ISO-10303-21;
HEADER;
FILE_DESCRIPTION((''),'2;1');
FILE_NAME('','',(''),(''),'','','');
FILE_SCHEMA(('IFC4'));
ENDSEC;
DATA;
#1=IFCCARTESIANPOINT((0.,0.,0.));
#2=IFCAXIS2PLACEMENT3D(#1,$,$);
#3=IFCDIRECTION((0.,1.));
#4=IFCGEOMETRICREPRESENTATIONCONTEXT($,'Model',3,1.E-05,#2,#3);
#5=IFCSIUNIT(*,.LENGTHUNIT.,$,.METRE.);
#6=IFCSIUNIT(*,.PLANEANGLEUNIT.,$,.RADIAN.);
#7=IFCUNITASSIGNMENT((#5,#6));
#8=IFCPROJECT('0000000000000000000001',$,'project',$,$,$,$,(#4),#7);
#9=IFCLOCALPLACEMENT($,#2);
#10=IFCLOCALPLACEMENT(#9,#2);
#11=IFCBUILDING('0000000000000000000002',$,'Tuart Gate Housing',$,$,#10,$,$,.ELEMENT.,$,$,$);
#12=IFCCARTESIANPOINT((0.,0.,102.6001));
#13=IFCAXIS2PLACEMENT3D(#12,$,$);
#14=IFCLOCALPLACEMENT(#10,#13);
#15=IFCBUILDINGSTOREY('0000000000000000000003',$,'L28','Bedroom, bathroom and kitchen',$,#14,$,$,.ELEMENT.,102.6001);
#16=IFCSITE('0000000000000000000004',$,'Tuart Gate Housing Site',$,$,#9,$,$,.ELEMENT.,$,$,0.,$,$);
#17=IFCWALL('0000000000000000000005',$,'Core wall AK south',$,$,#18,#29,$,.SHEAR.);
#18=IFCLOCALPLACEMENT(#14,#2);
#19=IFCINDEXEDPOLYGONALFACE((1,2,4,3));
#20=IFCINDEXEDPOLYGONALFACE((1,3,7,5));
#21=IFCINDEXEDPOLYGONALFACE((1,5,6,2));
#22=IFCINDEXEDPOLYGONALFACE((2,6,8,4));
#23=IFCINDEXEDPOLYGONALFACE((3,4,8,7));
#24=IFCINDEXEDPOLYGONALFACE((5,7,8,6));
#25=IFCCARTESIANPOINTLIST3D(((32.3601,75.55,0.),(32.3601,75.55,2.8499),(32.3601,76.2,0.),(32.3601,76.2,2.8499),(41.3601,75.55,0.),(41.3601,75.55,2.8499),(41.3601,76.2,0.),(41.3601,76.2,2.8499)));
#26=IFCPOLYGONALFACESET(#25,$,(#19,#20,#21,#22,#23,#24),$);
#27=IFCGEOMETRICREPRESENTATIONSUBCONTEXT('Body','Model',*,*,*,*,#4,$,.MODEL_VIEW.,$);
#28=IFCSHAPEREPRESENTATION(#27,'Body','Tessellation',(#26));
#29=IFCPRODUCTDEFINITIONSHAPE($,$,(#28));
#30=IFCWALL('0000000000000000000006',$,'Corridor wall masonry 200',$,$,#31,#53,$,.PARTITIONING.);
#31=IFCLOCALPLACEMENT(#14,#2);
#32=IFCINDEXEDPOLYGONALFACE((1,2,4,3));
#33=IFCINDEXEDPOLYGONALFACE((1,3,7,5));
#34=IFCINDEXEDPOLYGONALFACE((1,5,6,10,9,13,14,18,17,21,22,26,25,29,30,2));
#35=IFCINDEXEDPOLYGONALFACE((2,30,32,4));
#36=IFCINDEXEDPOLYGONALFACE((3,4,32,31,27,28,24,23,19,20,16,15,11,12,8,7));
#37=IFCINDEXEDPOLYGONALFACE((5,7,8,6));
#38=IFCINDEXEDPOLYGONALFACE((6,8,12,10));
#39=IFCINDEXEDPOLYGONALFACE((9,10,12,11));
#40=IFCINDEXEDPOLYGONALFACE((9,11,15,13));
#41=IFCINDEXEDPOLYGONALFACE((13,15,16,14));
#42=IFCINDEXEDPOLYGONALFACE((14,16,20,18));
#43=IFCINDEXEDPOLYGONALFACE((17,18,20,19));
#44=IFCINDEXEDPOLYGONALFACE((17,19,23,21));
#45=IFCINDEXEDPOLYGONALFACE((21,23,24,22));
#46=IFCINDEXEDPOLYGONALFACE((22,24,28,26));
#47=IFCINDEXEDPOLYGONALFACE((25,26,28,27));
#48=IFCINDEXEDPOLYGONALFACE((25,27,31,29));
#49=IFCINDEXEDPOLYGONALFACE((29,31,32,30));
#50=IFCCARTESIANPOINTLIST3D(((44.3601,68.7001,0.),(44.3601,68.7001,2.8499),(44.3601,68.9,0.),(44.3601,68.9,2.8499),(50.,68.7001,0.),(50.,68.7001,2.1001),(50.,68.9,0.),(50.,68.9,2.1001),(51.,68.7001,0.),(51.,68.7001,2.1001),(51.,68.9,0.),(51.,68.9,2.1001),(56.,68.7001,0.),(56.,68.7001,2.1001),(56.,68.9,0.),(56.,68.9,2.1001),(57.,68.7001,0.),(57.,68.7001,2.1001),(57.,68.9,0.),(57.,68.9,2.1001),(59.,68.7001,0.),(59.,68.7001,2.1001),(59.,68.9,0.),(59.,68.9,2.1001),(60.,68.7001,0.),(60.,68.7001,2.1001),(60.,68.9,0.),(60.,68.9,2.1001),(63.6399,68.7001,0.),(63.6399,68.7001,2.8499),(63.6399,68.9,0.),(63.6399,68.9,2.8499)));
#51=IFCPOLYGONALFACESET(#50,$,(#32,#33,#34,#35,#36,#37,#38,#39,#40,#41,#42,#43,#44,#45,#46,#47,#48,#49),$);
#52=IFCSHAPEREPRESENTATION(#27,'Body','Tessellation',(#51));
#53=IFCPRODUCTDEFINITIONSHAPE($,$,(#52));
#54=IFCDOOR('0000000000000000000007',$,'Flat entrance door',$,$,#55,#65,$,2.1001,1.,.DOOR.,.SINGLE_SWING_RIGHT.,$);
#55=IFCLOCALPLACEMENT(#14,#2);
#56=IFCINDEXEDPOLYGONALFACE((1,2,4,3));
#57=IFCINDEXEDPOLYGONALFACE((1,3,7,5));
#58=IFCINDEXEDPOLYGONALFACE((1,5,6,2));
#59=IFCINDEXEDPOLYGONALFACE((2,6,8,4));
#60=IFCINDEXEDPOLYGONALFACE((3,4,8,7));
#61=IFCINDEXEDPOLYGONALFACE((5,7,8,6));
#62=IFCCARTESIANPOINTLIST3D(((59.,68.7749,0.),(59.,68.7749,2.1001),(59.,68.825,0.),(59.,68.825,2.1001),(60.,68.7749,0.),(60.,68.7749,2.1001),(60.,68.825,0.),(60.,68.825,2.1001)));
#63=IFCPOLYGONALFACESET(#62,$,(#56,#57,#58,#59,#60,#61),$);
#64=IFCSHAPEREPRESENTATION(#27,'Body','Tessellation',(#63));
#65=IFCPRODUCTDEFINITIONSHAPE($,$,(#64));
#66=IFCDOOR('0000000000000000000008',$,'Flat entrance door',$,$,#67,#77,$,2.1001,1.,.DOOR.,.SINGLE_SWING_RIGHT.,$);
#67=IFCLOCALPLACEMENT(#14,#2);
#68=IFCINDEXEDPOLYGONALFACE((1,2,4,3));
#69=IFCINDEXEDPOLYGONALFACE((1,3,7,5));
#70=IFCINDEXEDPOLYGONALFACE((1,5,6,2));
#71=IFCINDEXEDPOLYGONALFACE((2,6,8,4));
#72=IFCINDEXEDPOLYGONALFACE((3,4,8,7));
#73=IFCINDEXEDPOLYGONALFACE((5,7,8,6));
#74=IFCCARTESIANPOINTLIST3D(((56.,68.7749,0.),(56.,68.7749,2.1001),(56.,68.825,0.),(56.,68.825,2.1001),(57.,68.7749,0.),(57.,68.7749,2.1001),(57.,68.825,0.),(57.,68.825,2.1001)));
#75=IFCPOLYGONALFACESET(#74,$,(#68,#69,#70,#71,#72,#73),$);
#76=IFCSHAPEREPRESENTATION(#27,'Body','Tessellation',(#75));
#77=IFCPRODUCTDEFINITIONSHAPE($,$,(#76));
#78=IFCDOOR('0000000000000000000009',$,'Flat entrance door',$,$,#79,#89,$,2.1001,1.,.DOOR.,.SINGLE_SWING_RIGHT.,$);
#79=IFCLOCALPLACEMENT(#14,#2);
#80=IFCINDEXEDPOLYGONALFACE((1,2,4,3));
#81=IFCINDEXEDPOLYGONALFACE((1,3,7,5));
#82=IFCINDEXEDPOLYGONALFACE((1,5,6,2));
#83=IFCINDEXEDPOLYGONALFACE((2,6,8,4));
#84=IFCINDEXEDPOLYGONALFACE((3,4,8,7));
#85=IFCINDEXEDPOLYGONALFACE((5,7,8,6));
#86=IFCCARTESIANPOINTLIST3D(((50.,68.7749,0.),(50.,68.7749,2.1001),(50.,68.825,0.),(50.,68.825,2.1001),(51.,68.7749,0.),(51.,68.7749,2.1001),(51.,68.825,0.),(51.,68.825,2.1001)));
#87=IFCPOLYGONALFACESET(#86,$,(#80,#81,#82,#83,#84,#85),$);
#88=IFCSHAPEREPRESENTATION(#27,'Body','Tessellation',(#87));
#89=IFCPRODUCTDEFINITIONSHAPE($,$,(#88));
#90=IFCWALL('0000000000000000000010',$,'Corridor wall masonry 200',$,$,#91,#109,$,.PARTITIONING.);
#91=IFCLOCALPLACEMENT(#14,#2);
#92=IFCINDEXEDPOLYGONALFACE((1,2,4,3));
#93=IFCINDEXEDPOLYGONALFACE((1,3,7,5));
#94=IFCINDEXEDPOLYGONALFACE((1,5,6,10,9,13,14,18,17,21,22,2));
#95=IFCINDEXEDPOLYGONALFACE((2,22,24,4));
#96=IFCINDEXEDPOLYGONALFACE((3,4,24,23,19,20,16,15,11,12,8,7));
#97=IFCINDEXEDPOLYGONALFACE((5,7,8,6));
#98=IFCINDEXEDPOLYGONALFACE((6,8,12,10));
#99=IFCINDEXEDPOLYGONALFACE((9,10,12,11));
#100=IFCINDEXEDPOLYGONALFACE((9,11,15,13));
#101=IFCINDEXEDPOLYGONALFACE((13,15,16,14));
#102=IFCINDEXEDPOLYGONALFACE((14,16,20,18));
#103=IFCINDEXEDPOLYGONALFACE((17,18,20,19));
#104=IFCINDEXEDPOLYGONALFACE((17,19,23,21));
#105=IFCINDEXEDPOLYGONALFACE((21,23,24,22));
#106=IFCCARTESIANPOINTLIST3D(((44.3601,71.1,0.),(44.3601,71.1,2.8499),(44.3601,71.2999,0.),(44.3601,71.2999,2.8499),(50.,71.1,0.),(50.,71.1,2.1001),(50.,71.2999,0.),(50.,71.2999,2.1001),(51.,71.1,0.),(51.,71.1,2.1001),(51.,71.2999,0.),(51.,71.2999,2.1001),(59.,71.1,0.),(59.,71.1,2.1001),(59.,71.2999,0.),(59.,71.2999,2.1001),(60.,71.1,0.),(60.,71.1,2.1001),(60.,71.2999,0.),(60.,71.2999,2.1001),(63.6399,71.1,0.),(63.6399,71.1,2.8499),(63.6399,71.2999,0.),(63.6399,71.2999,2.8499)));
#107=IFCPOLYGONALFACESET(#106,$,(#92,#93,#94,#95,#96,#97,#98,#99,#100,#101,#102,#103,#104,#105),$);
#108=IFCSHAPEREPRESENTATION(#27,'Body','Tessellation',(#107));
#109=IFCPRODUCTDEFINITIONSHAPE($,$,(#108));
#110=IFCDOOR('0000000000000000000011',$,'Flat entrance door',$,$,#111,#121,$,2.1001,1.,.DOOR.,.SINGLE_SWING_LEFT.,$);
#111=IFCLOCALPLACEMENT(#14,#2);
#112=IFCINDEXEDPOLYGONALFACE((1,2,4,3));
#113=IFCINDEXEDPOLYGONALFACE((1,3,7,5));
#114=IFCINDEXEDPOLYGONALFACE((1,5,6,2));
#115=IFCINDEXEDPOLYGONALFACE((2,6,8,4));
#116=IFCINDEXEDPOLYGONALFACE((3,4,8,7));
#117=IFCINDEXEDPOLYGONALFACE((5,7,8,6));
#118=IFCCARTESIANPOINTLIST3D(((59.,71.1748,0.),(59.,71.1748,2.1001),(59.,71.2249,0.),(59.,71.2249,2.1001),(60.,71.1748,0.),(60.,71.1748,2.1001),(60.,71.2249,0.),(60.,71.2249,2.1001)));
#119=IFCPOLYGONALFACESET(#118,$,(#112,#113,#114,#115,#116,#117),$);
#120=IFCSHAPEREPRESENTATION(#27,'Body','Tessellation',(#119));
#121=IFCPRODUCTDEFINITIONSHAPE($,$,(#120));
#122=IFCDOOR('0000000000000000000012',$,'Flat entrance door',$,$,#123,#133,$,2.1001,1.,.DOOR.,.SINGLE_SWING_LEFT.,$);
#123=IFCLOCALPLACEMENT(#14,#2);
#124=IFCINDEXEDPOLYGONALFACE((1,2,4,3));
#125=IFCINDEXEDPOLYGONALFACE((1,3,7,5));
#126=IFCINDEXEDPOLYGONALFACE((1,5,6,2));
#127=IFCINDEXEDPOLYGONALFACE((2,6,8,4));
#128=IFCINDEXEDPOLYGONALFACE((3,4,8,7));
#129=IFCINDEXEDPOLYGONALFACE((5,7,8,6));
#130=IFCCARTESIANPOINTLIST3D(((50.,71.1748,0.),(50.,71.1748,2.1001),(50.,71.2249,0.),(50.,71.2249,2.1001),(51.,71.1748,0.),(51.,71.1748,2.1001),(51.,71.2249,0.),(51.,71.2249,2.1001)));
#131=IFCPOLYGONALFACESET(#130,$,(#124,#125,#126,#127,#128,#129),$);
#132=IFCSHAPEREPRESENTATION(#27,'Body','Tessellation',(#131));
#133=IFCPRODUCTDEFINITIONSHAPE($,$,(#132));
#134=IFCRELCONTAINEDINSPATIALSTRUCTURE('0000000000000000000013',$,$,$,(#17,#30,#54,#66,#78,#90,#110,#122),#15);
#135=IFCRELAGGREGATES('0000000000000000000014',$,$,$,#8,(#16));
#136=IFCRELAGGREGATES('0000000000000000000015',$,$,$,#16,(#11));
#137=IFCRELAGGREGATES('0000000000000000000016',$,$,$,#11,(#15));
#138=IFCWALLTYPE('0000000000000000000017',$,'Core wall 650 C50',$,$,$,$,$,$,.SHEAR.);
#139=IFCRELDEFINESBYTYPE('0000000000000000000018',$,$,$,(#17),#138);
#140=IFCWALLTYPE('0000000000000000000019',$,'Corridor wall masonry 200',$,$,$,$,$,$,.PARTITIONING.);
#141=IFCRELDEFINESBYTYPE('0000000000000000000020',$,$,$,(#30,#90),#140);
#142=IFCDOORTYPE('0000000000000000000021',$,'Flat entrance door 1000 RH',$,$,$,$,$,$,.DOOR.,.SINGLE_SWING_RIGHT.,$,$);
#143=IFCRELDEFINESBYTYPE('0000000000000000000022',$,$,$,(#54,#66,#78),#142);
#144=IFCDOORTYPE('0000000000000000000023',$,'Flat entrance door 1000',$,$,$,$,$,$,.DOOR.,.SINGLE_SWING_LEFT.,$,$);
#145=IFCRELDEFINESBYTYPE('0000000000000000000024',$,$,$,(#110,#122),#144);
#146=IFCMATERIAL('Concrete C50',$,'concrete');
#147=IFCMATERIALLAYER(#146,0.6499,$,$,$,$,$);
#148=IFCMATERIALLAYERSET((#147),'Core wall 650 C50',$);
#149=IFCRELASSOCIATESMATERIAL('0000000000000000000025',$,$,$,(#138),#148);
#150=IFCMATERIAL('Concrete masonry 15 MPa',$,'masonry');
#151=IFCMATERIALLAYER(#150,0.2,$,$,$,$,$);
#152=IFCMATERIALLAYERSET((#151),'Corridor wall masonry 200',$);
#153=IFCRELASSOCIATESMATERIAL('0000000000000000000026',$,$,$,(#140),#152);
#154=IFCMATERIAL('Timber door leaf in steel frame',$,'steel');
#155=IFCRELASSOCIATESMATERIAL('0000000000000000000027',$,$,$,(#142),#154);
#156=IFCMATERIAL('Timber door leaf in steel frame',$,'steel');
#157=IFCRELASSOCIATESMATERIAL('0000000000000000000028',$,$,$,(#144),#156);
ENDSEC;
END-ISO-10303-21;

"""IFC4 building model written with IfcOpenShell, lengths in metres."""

from ifc_helpers import new_model, si_unit, direction, frame, frame_2d, origin, place, context, subcontext, project, spatial, rectangle, extrude, material, layer, layer_set, type_object, element, fill, save


model = new_model("IFC4")

# Units and contexts
model_context = context("Model", 3, precision=1e-05, world=origin(), true_north=direction((0.0, 1.0)))
body_context = subcontext(model_context, "Body", "Model", "MODEL_VIEW")
ifc_project = project(units=[si_unit("LENGTHUNIT", "METRE"), si_unit("PLANEANGLEUNIT", "RADIAN")], contexts=[model_context])

# Site, building, storey
site_placement = place(None, origin())
site = spatial("IfcSite", under=ifc_project, at=site_placement, Name="Tuart Gate Housing Site", CompositionType="ELEMENT", RefElevation=0.0)
building_placement = place(site_placement, origin())
building = spatial("IfcBuilding", under=site, at=building_placement, Name="Tuart Gate Housing", CompositionType="ELEMENT")
storey_placement = place(building_placement, frame((0.0, 0.0, 102.6001)))
storey = spatial("IfcBuildingStorey", under=building, at=storey_placement, Name="L28", Description="Bedroom, bathroom and kitchen", CompositionType="ELEMENT", Elevation=102.6001)

# Shared definitions
ifc_material_1 = material(Name="Concrete C50", Category="concrete")
ifc_layer_1 = layer(ifc_material_1, 0.6499)
ifc_layer_set_1 = layer_set([ifc_layer_1], Name="Core wall 650 C50")
wall_type_1 = type_object("IfcWallType", Name="Core wall 650 C50", PredefinedType="SHEAR", material=ifc_layer_set_1)

# Wall
wall_1_placement = place(storey_placement, frame((41.3601, 75.875, 0.0), z_axis=(0.0, 0.0, 1.0), x_axis=(-1.0, 0.0, 0.0)))
element("IfcWall", 1, at=wall_1_placement, inside=storey, type_object=wall_type_1, Name="Core wall AK south", PredefinedType="SHEAR", context=body_context, shape_type="SweptSolid", body=[
    extrude(rectangle(XDim=9.0, YDim=0.6499, at=frame_2d((4.5, 0.0))), origin(), (0.0, 0.0, 1.0), 2.8499),
])

# Walls, openings, doors
ifc_material_2 = material(Name="Concrete masonry 15 MPa", Category="masonry")
ifc_layer_2 = layer(ifc_material_2, 0.2)
ifc_layer_set_2 = layer_set([ifc_layer_2], Name="Corridor wall masonry 200")
wall_type_2 = type_object("IfcWallType", Name="Corridor wall masonry 200", PredefinedType="PARTITIONING", material=ifc_layer_set_2)
wall_2_placement = place(storey_placement, frame((44.3601, 68.8, 0.0), z_axis=(0.0, 0.0, 1.0), x_axis=(1.0, 0.0, 0.0)))
wall_2 = element("IfcWall", 2, at=wall_2_placement, inside=storey, type_object=wall_type_2, Name="Corridor wall masonry 200", PredefinedType="PARTITIONING", context=body_context, shape_type="SweptSolid", body=[
    extrude(rectangle(XDim=19.2798, YDim=0.2, at=frame_2d((9.6399, 0.0))), origin(), (0.0, 0.0, 1.0), 2.8499),
])
opening_1_placement = place(wall_2_placement, frame((14.6399, 0.0, 0.0)))
opening_1 = element("IfcOpeningElement", 3, at=opening_1_placement, cuts=wall_2, PredefinedType="OPENING", context=body_context, shape_type="SweptSolid", body=[
    extrude(rectangle(XDim=1.0, YDim=2.1001, at=frame_2d((0.5, 1.05))), frame((0.0, 0.1099, 0.0), z_axis=(0.0, -1.0, 0.0), x_axis=(1.0, 0.0, 0.0)), (0.0, 0.0, 1.0), 0.22),
])
opening_2_placement = place(wall_2_placement, frame((11.6399, 0.0, 0.0)))
opening_2 = element("IfcOpeningElement", 4, at=opening_2_placement, cuts=wall_2, PredefinedType="OPENING", context=body_context, shape_type="SweptSolid", body=[
    extrude(rectangle(XDim=1.0, YDim=2.1001, at=frame_2d((0.5, 1.05))), frame((0.0, 0.1099, 0.0), z_axis=(0.0, -1.0, 0.0), x_axis=(1.0, 0.0, 0.0)), (0.0, 0.0, 1.0), 0.22),
])
opening_3_placement = place(wall_2_placement, frame((5.6399, 0.0, 0.0)))
opening_3 = element("IfcOpeningElement", 5, at=opening_3_placement, cuts=wall_2, PredefinedType="OPENING", context=body_context, shape_type="SweptSolid", body=[
    extrude(rectangle(XDim=1.0, YDim=2.1001, at=frame_2d((0.5, 1.05))), frame((0.0, 0.1099, 0.0), z_axis=(0.0, -1.0, 0.0), x_axis=(1.0, 0.0, 0.0)), (0.0, 0.0, 1.0), 0.22),
])
ifc_material_3 = material(Name="Timber door leaf in steel frame", Category="steel")
door_type_1 = type_object("IfcDoorType", Name="Flat entrance door 1000 RH", OperationType="SINGLE_SWING_RIGHT", PredefinedType="DOOR", material=ifc_material_3)
door_1_placement = place(opening_1_placement, frame((1.0, 0.0, 0.0), z_axis=(0.0, 0.0, 1.0), x_axis=(-1.0, 0.0, 0.0)))
door_1 = element("IfcDoor", 6, at=door_1_placement, inside=storey, type_object=door_type_1, Name="Flat entrance door", OperationType="SINGLE_SWING_RIGHT", OverallHeight=2.1001, OverallWidth=1.0, PredefinedType="DOOR", context=body_context, shape_type="SweptSolid", body=[
    extrude(rectangle(XDim=1.0, YDim=2.1001, at=frame_2d((0.5, 1.05))), frame((0.0, 0.0251, 0.0), z_axis=(0.0, -1.0, 0.0), x_axis=(1.0, 0.0, 0.0)), (0.0, 0.0, 1.0), 0.05),
])
fill(opening_1, door_1)
door_2_placement = place(opening_2_placement, frame((1.0, 0.0, 0.0), z_axis=(0.0, 0.0, 1.0), x_axis=(-1.0, 0.0, 0.0)))
door_2 = element("IfcDoor", 7, at=door_2_placement, inside=storey, type_object=door_type_1, Name="Flat entrance door", OperationType="SINGLE_SWING_RIGHT", OverallHeight=2.1001, OverallWidth=1.0, PredefinedType="DOOR", context=body_context, shape_type="SweptSolid", body=[
    extrude(rectangle(XDim=1.0, YDim=2.1001, at=frame_2d((0.5, 1.05))), frame((0.0, 0.0251, 0.0), z_axis=(0.0, -1.0, 0.0), x_axis=(1.0, 0.0, 0.0)), (0.0, 0.0, 1.0), 0.05),
])
fill(opening_2, door_2)
door_3_placement = place(opening_3_placement, frame((1.0, 0.0, 0.0), z_axis=(0.0, 0.0, 1.0), x_axis=(-1.0, 0.0, 0.0)))
door_3 = element("IfcDoor", 8, at=door_3_placement, inside=storey, type_object=door_type_1, Name="Flat entrance door", OperationType="SINGLE_SWING_RIGHT", OverallHeight=2.1001, OverallWidth=1.0, PredefinedType="DOOR", context=body_context, shape_type="SweptSolid", body=[
    extrude(rectangle(XDim=1.0, YDim=2.1001, at=frame_2d((0.5, 1.05))), frame((0.0, 0.0251, 0.0), z_axis=(0.0, -1.0, 0.0), x_axis=(1.0, 0.0, 0.0)), (0.0, 0.0, 1.0), 0.05),
])
fill(opening_3, door_3)
wall_3_placement = place(storey_placement, frame((44.3601, 71.2, 0.0), z_axis=(0.0, 0.0, 1.0), x_axis=(1.0, 0.0, 0.0)))
wall_3 = element("IfcWall", 9, at=wall_3_placement, inside=storey, type_object=wall_type_2, Name="Corridor wall masonry 200", PredefinedType="PARTITIONING", context=body_context, shape_type="SweptSolid", body=[
    extrude(rectangle(XDim=19.2798, YDim=0.2, at=frame_2d((9.6399, 0.0))), origin(), (0.0, 0.0, 1.0), 2.8499),
])
opening_4_placement = place(wall_3_placement, frame((14.6399, 0.0, 0.0)))
opening_4 = element("IfcOpeningElement", 10, at=opening_4_placement, cuts=wall_3, PredefinedType="OPENING", context=body_context, shape_type="SweptSolid", body=[
    extrude(rectangle(XDim=1.0, YDim=2.1001, at=frame_2d((0.5, 1.05))), frame((0.0, 0.1099, 0.0), z_axis=(0.0, -1.0, 0.0), x_axis=(1.0, 0.0, 0.0)), (0.0, 0.0, 1.0), 0.22),
])
opening_5_placement = place(wall_3_placement, frame((5.6399, 0.0, 0.0)))
opening_5 = element("IfcOpeningElement", 11, at=opening_5_placement, cuts=wall_3, PredefinedType="OPENING", context=body_context, shape_type="SweptSolid", body=[
    extrude(rectangle(XDim=1.0, YDim=2.1001, at=frame_2d((0.5, 1.05))), frame((0.0, 0.1099, 0.0), z_axis=(0.0, -1.0, 0.0), x_axis=(1.0, 0.0, 0.0)), (0.0, 0.0, 1.0), 0.22),
])
ifc_material_4 = material(Name="Timber door leaf in steel frame", Category="steel")
door_type_2 = type_object("IfcDoorType", Name="Flat entrance door 1000", OperationType="SINGLE_SWING_LEFT", PredefinedType="DOOR", material=ifc_material_4)
door_4_placement = place(opening_4_placement, origin())
door_4 = element("IfcDoor", 12, at=door_4_placement, inside=storey, type_object=door_type_2, Name="Flat entrance door", OperationType="SINGLE_SWING_LEFT", OverallHeight=2.1001, OverallWidth=1.0, PredefinedType="DOOR", context=body_context, shape_type="SweptSolid", body=[
    extrude(rectangle(XDim=1.0, YDim=2.1001, at=frame_2d((0.5, 1.05))), frame((0.0, 0.0249, 0.0), z_axis=(0.0, -1.0, 0.0), x_axis=(1.0, 0.0, 0.0)), (0.0, 0.0, 1.0), 0.05),
])
fill(opening_4, door_4)
door_5_placement = place(opening_5_placement, origin())
door_5 = element("IfcDoor", 13, at=door_5_placement, inside=storey, type_object=door_type_2, Name="Flat entrance door", OperationType="SINGLE_SWING_LEFT", OverallHeight=2.1001, OverallWidth=1.0, PredefinedType="DOOR", context=body_context, shape_type="SweptSolid", body=[
    extrude(rectangle(XDim=1.0, YDim=2.1001, at=frame_2d((0.5, 1.05))), frame((0.0, 0.0249, 0.0), z_axis=(0.0, -1.0, 0.0), x_axis=(1.0, 0.0, 0.0)), (0.0, 0.0, 1.0), 0.05),
])
fill(opening_5, door_5)

save(model, "model.ifc")
